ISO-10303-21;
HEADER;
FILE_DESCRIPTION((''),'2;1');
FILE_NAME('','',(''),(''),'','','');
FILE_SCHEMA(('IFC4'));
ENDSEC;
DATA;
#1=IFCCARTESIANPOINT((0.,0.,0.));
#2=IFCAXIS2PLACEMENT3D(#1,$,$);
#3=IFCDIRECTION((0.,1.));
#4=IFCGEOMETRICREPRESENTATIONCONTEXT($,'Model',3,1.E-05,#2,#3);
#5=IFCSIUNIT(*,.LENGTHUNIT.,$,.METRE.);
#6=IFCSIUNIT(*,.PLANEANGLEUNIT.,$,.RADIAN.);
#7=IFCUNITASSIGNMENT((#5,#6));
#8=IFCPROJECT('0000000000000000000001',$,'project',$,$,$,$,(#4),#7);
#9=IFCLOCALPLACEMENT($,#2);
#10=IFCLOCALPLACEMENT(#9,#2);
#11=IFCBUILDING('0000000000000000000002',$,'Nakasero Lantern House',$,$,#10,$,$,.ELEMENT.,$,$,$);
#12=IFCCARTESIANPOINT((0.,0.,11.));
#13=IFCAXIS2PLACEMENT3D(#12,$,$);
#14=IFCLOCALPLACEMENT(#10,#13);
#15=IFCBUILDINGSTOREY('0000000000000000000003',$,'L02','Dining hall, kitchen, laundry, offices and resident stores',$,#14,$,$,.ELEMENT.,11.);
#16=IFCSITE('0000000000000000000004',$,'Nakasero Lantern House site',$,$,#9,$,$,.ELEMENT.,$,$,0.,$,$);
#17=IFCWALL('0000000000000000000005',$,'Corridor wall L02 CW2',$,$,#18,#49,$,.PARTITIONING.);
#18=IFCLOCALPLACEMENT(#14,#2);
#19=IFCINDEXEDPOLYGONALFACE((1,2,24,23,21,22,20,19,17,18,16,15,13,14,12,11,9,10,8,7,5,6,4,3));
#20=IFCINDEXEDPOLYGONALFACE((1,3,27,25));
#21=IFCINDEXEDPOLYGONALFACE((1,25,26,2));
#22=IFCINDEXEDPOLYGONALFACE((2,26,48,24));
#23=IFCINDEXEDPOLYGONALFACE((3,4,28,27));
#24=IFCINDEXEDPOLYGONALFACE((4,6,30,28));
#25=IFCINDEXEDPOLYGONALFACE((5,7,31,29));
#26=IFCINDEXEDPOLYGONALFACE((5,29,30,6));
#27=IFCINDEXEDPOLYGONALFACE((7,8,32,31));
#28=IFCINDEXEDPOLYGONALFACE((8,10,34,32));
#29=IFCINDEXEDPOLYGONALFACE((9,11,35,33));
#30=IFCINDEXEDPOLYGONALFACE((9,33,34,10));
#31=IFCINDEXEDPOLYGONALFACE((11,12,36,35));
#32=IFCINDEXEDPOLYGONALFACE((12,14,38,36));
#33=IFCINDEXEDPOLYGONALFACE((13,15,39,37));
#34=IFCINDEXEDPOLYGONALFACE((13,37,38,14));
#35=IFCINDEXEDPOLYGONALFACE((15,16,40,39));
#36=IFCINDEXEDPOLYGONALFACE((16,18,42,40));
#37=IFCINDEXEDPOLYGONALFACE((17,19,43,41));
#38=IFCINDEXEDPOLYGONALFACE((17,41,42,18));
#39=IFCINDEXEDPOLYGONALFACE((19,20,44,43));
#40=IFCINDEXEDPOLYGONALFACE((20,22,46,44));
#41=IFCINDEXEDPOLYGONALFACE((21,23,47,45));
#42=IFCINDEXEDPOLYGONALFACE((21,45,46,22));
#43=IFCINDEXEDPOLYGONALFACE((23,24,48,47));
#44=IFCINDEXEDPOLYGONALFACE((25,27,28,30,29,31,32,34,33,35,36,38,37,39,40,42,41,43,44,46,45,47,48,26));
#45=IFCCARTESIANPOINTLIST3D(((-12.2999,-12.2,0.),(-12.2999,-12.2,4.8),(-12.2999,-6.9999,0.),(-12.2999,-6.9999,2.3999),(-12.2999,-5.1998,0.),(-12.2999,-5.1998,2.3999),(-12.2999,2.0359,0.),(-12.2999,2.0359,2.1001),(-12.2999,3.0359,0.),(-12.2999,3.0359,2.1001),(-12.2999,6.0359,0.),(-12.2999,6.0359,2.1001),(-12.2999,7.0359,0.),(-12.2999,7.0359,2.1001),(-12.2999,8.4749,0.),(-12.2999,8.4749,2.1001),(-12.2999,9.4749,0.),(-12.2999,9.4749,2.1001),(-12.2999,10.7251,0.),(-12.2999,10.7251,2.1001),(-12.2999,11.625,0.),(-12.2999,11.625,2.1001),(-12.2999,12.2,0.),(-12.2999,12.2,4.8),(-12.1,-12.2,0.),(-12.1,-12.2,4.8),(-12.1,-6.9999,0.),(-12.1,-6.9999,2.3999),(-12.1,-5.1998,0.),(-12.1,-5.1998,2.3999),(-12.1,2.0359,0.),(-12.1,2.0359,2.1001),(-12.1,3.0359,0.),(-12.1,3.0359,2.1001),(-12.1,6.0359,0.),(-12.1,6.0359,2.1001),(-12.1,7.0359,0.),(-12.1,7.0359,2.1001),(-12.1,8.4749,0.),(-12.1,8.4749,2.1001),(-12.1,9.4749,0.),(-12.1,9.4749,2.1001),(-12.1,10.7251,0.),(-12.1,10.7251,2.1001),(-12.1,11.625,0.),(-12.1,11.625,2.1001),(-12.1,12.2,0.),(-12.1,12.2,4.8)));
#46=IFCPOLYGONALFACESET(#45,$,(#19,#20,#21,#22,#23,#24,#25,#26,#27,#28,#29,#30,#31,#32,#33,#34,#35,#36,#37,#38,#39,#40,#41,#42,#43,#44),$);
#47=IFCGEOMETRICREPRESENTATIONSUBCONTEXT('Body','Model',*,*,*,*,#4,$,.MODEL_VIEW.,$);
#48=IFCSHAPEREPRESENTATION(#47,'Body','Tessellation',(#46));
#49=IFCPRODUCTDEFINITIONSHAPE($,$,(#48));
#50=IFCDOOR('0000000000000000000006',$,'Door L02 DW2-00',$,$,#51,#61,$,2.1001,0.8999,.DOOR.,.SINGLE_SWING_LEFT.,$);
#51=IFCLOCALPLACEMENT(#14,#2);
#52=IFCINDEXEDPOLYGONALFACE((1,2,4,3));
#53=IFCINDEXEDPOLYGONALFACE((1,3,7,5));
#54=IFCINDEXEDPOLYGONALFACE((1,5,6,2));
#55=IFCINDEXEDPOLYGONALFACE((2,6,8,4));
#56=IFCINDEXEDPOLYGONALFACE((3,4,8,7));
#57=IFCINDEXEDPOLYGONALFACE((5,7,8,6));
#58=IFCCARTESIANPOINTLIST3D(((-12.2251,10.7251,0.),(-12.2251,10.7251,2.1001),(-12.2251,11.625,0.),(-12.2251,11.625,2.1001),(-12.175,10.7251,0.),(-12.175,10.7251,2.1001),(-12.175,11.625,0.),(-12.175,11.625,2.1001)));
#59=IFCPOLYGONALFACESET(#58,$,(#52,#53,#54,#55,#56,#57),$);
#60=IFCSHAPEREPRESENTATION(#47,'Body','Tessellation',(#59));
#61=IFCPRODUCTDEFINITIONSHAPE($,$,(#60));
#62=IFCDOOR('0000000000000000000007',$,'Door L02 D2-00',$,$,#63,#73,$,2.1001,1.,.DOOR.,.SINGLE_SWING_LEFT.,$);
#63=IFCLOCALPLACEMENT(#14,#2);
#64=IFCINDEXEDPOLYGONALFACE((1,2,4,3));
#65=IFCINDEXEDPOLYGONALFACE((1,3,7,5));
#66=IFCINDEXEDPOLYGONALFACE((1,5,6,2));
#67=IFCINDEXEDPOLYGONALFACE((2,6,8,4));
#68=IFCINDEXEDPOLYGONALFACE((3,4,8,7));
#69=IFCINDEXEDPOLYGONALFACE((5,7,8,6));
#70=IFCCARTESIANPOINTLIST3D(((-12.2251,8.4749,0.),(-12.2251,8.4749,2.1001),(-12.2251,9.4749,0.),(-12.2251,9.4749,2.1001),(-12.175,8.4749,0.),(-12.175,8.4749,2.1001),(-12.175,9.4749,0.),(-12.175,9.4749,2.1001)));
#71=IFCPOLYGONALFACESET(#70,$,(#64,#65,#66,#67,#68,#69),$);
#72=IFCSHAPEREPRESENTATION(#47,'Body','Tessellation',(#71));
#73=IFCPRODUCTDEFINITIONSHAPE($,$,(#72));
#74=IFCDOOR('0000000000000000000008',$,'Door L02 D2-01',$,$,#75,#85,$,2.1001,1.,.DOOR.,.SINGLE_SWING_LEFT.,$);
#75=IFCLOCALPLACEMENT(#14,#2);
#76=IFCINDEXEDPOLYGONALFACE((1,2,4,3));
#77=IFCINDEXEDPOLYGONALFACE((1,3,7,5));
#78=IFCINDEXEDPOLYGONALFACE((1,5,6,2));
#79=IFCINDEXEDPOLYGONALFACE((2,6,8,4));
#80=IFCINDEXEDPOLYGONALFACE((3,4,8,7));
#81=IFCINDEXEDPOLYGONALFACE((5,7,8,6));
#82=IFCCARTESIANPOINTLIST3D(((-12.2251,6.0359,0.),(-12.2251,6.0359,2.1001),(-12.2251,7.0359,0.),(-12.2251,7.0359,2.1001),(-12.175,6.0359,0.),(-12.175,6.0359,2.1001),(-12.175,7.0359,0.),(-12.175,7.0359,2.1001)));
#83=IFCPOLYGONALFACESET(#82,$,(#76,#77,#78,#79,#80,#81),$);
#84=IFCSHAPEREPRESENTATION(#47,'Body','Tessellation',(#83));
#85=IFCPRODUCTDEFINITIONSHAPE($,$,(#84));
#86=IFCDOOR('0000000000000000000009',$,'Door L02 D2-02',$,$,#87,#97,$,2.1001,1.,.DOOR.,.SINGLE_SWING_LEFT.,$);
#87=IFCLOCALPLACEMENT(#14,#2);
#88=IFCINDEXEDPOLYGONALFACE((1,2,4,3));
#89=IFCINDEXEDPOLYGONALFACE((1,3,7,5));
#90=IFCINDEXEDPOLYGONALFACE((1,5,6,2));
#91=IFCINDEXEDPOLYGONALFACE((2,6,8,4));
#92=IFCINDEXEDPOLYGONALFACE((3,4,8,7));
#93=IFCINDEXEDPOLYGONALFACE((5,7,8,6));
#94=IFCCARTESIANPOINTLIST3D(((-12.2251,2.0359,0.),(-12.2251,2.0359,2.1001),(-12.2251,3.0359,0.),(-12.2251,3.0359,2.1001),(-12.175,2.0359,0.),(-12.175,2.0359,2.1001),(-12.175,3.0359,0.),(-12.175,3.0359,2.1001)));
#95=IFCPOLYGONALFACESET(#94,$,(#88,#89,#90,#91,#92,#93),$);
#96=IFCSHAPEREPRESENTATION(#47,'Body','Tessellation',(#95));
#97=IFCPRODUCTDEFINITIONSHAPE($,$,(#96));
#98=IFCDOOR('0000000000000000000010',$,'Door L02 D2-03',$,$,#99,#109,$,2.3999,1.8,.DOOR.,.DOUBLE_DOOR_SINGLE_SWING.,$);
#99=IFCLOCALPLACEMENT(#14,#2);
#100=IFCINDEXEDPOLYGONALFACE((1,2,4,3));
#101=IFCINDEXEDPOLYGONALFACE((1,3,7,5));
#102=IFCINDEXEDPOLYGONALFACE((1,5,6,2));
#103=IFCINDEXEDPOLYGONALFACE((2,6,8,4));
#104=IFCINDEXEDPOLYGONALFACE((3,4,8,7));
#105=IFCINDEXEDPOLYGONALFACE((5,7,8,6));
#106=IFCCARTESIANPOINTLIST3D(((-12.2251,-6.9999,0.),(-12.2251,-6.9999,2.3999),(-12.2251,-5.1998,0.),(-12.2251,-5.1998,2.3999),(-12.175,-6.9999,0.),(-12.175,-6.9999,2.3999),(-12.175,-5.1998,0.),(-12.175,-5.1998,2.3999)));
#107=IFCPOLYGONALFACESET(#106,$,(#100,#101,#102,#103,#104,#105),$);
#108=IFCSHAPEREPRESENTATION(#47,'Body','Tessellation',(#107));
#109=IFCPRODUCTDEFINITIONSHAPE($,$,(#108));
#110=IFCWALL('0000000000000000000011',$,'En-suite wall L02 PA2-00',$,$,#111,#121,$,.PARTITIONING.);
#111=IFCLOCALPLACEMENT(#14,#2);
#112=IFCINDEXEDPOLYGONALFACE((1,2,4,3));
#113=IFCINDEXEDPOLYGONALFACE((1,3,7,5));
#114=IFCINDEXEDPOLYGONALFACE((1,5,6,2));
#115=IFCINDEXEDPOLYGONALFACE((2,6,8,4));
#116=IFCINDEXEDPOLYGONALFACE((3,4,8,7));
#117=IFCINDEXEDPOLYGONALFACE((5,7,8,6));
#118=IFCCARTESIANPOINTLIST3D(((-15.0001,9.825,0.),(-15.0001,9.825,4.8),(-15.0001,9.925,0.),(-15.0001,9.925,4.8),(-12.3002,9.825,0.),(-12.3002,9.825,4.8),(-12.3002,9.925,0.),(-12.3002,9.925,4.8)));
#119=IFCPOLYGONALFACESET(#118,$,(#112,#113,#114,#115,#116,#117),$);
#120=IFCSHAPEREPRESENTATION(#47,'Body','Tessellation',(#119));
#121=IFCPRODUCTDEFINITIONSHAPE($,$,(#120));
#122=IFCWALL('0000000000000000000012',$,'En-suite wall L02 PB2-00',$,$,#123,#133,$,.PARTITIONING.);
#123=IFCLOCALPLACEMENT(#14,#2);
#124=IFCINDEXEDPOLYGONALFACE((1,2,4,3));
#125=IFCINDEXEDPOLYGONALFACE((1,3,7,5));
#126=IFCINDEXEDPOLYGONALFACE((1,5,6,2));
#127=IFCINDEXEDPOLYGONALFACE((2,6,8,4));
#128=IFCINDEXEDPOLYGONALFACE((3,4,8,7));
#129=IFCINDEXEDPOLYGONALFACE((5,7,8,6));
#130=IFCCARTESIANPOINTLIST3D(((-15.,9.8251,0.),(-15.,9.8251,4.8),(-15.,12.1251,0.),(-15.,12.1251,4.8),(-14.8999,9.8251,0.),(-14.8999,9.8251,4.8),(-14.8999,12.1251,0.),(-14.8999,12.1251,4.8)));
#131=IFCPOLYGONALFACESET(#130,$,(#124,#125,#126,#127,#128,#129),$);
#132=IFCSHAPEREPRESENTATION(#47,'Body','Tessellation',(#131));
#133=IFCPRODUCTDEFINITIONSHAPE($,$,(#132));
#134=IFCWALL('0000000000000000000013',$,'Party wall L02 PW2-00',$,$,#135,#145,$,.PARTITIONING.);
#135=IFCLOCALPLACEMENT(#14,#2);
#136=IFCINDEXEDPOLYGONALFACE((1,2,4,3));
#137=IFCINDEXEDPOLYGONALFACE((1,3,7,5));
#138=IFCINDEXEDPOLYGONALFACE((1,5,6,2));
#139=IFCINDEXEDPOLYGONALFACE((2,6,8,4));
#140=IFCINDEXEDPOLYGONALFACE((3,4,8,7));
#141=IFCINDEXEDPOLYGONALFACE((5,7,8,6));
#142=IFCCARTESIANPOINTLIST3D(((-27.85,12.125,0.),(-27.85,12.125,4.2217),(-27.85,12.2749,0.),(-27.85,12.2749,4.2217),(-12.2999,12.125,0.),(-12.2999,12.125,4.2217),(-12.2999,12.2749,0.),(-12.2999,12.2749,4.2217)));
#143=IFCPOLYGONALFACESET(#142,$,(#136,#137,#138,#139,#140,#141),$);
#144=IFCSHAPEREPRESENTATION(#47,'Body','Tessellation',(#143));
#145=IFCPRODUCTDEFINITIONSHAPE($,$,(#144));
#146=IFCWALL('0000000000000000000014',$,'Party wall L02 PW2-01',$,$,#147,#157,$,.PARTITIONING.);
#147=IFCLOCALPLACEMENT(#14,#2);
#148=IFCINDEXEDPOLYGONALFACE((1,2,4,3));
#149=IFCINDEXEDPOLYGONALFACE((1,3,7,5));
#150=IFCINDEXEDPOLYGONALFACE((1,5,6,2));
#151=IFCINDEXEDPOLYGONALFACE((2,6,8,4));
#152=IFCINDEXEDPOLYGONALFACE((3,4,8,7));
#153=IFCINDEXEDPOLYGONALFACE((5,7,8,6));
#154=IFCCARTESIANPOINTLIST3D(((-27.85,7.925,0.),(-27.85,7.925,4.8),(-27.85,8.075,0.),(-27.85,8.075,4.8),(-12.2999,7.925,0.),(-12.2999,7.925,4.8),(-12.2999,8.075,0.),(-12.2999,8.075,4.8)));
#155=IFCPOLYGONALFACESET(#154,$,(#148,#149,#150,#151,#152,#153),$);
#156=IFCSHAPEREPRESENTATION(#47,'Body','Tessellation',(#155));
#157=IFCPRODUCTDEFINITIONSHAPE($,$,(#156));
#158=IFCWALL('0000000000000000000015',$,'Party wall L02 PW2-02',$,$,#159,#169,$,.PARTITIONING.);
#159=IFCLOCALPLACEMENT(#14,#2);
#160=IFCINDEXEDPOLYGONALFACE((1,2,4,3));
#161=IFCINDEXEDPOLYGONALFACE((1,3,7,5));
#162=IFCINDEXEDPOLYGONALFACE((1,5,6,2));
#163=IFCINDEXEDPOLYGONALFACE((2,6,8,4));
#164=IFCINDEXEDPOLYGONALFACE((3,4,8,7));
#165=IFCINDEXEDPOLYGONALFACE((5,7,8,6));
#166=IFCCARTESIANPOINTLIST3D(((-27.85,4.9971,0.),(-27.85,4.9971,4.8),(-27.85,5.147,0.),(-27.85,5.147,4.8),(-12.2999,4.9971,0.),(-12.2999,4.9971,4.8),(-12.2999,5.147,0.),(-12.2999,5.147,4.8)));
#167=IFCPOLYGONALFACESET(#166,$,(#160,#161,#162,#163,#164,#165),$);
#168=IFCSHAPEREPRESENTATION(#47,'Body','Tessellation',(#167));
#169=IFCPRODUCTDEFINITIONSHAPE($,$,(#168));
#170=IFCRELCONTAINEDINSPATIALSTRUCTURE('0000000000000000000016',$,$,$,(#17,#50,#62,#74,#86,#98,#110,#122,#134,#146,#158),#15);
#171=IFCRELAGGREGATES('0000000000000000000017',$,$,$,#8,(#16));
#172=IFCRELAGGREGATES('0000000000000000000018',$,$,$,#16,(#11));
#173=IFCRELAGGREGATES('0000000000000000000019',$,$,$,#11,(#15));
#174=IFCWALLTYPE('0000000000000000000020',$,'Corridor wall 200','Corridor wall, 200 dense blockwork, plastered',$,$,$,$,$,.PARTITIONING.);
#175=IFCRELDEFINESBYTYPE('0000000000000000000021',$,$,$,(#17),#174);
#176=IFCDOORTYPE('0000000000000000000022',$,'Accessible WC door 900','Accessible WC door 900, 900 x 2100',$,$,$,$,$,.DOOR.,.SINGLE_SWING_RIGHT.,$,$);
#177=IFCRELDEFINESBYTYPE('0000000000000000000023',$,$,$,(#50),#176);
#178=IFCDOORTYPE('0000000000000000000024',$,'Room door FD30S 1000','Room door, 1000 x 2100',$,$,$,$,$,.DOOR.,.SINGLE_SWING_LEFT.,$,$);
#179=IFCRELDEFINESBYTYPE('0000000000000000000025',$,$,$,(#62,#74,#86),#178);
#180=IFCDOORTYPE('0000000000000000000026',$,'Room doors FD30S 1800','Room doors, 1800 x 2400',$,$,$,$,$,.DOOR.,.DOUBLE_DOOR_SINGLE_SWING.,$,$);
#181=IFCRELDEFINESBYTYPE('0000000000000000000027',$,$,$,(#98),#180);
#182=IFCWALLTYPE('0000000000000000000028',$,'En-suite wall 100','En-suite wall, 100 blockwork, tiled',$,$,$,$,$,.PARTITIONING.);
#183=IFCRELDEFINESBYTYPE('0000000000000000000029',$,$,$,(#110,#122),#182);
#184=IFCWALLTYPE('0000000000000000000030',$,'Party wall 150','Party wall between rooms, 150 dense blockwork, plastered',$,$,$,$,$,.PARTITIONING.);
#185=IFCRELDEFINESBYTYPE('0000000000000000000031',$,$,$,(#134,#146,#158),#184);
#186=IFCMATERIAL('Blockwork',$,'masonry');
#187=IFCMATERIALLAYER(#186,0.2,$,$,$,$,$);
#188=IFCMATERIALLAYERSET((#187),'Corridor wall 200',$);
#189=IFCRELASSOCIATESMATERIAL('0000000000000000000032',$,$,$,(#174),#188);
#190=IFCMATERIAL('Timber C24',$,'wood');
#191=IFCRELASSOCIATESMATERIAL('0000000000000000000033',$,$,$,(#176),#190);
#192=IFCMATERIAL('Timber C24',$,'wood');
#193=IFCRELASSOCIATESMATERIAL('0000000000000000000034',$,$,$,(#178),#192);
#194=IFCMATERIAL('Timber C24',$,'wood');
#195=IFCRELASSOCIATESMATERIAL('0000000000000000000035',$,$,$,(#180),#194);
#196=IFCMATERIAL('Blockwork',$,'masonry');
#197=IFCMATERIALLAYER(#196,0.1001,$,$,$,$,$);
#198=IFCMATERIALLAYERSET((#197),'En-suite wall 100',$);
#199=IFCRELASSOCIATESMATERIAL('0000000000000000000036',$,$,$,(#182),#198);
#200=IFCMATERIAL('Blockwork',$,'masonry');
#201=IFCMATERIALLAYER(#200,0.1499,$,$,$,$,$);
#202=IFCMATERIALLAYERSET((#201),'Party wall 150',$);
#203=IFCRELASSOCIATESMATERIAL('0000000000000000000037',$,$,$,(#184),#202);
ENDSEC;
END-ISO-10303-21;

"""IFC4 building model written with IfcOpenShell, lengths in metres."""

from ifc_helpers import new_model, si_unit, direction, frame, frame_2d, origin, place, context, subcontext, project, spatial, rectangle, extrude, material, layer, layer_set, type_object, element, fill, save


model = new_model("IFC4")

# Units and contexts
model_context = context("Model", 3, precision=1e-05, world=origin(), true_north=direction((0.0, 1.0)))
body_context = subcontext(model_context, "Body", "Model", "MODEL_VIEW")
ifc_project = project(units=[si_unit("LENGTHUNIT", "METRE"), si_unit("PLANEANGLEUNIT", "RADIAN")], contexts=[model_context])

# Site, building, storey
site_placement = place(None, origin())
site = spatial("IfcSite", under=ifc_project, at=site_placement, Name="Nakasero Lantern House site", CompositionType="ELEMENT", RefElevation=0.0)
building_placement = place(site_placement, origin())
building = spatial("IfcBuilding", under=site, at=building_placement, Name="Nakasero Lantern House", CompositionType="ELEMENT")
storey_placement = place(building_placement, frame((0.0, 0.0, 11.0)))
storey = spatial("IfcBuildingStorey", under=building, at=storey_placement, Name="L02", Description="Dining hall, kitchen, laundry, offices and resident stores", CompositionType="ELEMENT", Elevation=11.0)

# Wall, openings, doors
ifc_material_1 = material(Name="Blockwork", Category="masonry")
ifc_layer_1 = layer(ifc_material_1, 0.2)
ifc_layer_set_1 = layer_set([ifc_layer_1], Name="Corridor wall 200")
wall_type_1 = type_object("IfcWallType", Name="Corridor wall 200", Description="Corridor wall, 200 dense blockwork, plastered", PredefinedType="PARTITIONING", material=ifc_layer_set_1)
wall_1_placement = place(storey_placement, frame((-12.2, 12.2, 0.0), z_axis=(0.0, 0.0, 1.0), x_axis=(0.0, -1.0, 0.0)))
wall_1 = element("IfcWall", 1, at=wall_1_placement, inside=storey, type_object=wall_type_1, Name="Corridor wall L02 CW2", PredefinedType="PARTITIONING", context=body_context, shape_type="SweptSolid", body=[
    extrude(rectangle(XDim=24.3999, YDim=0.2, at=frame_2d((12.2, 0.0))), origin(), (0.0, 0.0, 1.0), 4.8),
])
opening_1_placement = place(wall_1_placement, frame((0.575, 0.0, 0.0)))
opening_1 = element("IfcOpeningElement", 2, at=opening_1_placement, cuts=wall_1, PredefinedType="OPENING", context=body_context, shape_type="SweptSolid", body=[
    extrude(rectangle(XDim=0.8999, YDim=2.1001, at=frame_2d((0.45, 1.05))), frame((0.0, 0.1199, 0.0), z_axis=(0.0, -1.0, 0.0), x_axis=(1.0, 0.0, 0.0)), (0.0, 0.0, 1.0), 0.24),
])
opening_2_placement = place(wall_1_placement, frame((2.7251, 0.0, 0.0)))
opening_2 = element("IfcOpeningElement", 3, at=opening_2_placement, cuts=wall_1, PredefinedType="OPENING", context=body_context, shape_type="SweptSolid", body=[
    extrude(rectangle(XDim=1.0, YDim=2.1001, at=frame_2d((0.5, 1.05))), frame((0.0, 0.1199, 0.0), z_axis=(0.0, -1.0, 0.0), x_axis=(1.0, 0.0, 0.0)), (0.0, 0.0, 1.0), 0.24),
])
opening_3_placement = place(wall_1_placement, frame((5.1641, 0.0, 0.0)))
opening_3 = element("IfcOpeningElement", 4, at=opening_3_placement, cuts=wall_1, PredefinedType="OPENING", context=body_context, shape_type="SweptSolid", body=[
    extrude(rectangle(XDim=1.0, YDim=2.1001, at=frame_2d((0.5, 1.05))), frame((0.0, 0.1199, 0.0), z_axis=(0.0, -1.0, 0.0), x_axis=(1.0, 0.0, 0.0)), (0.0, 0.0, 1.0), 0.24),
])
opening_4_placement = place(wall_1_placement, frame((9.1641, 0.0, 0.0)))
opening_4 = element("IfcOpeningElement", 5, at=opening_4_placement, cuts=wall_1, PredefinedType="OPENING", context=body_context, shape_type="SweptSolid", body=[
    extrude(rectangle(XDim=1.0, YDim=2.1001, at=frame_2d((0.5, 1.05))), frame((0.0, 0.1199, 0.0), z_axis=(0.0, -1.0, 0.0), x_axis=(1.0, 0.0, 0.0)), (0.0, 0.0, 1.0), 0.24),
])
opening_5_placement = place(wall_1_placement, frame((17.3999, 0.0, 0.0)))
opening_5 = element("IfcOpeningElement", 6, at=opening_5_placement, cuts=wall_1, PredefinedType="OPENING", context=body_context, shape_type="SweptSolid", body=[
    extrude(rectangle(XDim=1.8, YDim=2.3999, at=frame_2d((0.8999, 1.2))), frame((0.0, 0.1199, 0.0), z_axis=(0.0, -1.0, 0.0), x_axis=(1.0, 0.0, 0.0)), (0.0, 0.0, 1.0), 0.24),
])
ifc_material_2 = material(Name="Timber C24", Category="wood")
door_type_1 = type_object("IfcDoorType", Name="Accessible WC door 900", Description="Accessible WC door 900, 900 x 2100", OperationType="SINGLE_SWING_RIGHT", PredefinedType="DOOR", material=ifc_material_2)
door_1_placement = place(opening_1_placement, origin())
door_1 = element("IfcDoor", 7, at=door_1_placement, inside=storey, type_object=door_type_1, Name="Door L02 DW2-00", OperationType="SINGLE_SWING_LEFT", OverallHeight=2.1001, OverallWidth=0.8999, PredefinedType="DOOR", context=body_context, shape_type="SweptSolid", body=[
    extrude(rectangle(XDim=0.8999, YDim=2.1001, at=frame_2d((0.45, 1.05))), frame((0.0, 0.0249, 0.0), z_axis=(0.0, -1.0, 0.0), x_axis=(1.0, 0.0, 0.0)), (0.0, 0.0, 1.0), 0.05),
])
fill(opening_1, door_1)
ifc_material_3 = material(Name="Timber C24", Category="wood")
door_type_2 = type_object("IfcDoorType", Name="Room door FD30S 1000", Description="Room door, 1000 x 2100", OperationType="SINGLE_SWING_LEFT", PredefinedType="DOOR", material=ifc_material_3)
door_2_placement = place(opening_2_placement, origin())
door_2 = element("IfcDoor", 8, at=door_2_placement, inside=storey, type_object=door_type_2, Name="Door L02 D2-00", OperationType="SINGLE_SWING_LEFT", OverallHeight=2.1001, OverallWidth=1.0, PredefinedType="DOOR", context=body_context, shape_type="SweptSolid", body=[
    extrude(rectangle(XDim=1.0, YDim=2.1001, at=frame_2d((0.5, 1.05))), frame((0.0, 0.0249, 0.0), z_axis=(0.0, -1.0, 0.0), x_axis=(1.0, 0.0, 0.0)), (0.0, 0.0, 1.0), 0.05),
])
fill(opening_2, door_2)
door_3_placement = place(opening_3_placement, origin())
door_3 = element("IfcDoor", 9, at=door_3_placement, inside=storey, type_object=door_type_2, Name="Door L02 D2-01", OperationType="SINGLE_SWING_LEFT", OverallHeight=2.1001, OverallWidth=1.0, PredefinedType="DOOR", context=body_context, shape_type="SweptSolid", body=[
    extrude(rectangle(XDim=1.0, YDim=2.1001, at=frame_2d((0.5, 1.05))), frame((0.0, 0.0249, 0.0), z_axis=(0.0, -1.0, 0.0), x_axis=(1.0, 0.0, 0.0)), (0.0, 0.0, 1.0), 0.05),
])
fill(opening_3, door_3)
door_4_placement = place(opening_4_placement, origin())
door_4 = element("IfcDoor", 10, at=door_4_placement, inside=storey, type_object=door_type_2, Name="Door L02 D2-02", OperationType="SINGLE_SWING_LEFT", OverallHeight=2.1001, OverallWidth=1.0, PredefinedType="DOOR", context=body_context, shape_type="SweptSolid", body=[
    extrude(rectangle(XDim=1.0, YDim=2.1001, at=frame_2d((0.5, 1.05))), frame((0.0, 0.0249, 0.0), z_axis=(0.0, -1.0, 0.0), x_axis=(1.0, 0.0, 0.0)), (0.0, 0.0, 1.0), 0.05),
])
fill(opening_4, door_4)
ifc_material_4 = material(Name="Timber C24", Category="wood")
door_type_3 = type_object("IfcDoorType", Name="Room doors FD30S 1800", Description="Room doors, 1800 x 2400", OperationType="DOUBLE_DOOR_SINGLE_SWING", PredefinedType="DOOR", material=ifc_material_4)
door_5_placement = place(opening_5_placement, origin())
door_5 = element("IfcDoor", 11, at=door_5_placement, inside=storey, type_object=door_type_3, Name="Door L02 D2-03", OperationType="DOUBLE_DOOR_SINGLE_SWING", OverallHeight=2.3999, OverallWidth=1.8, PredefinedType="DOOR", context=body_context, shape_type="SweptSolid", body=[
    extrude(rectangle(XDim=1.8, YDim=2.3999, at=frame_2d((0.8999, 1.2))), frame((0.0, 0.0249, 0.0), z_axis=(0.0, -1.0, 0.0), x_axis=(1.0, 0.0, 0.0)), (0.0, 0.0, 1.0), 0.05),
])
fill(opening_5, door_5)

# Walls
ifc_material_5 = material(Name="Blockwork", Category="masonry")
ifc_layer_2 = layer(ifc_material_5, 0.1001)
ifc_layer_set_2 = layer_set([ifc_layer_2], Name="En-suite wall 100")
wall_type_2 = type_object("IfcWallType", Name="En-suite wall 100", Description="En-suite wall, 100 blockwork, tiled", PredefinedType="PARTITIONING", material=ifc_layer_set_2)
wall_2_placement = place(storey_placement, frame((-12.3, 9.875, 0.0), z_axis=(0.0, 0.0, 1.0), x_axis=(-1.0, 0.0, 0.0)))
element("IfcWall", 12, at=wall_2_placement, inside=storey, type_object=wall_type_2, Name="En-suite wall L02 PA2-00", PredefinedType="PARTITIONING", context=body_context, shape_type="SweptSolid", body=[
    extrude(rectangle(XDim=2.7, YDim=0.1001, at=frame_2d((1.3501, 0.0))), origin(), (0.0, 0.0, 1.0), 4.8),
])
wall_3_placement = place(storey_placement, frame((-14.95, 12.125, 0.0), z_axis=(0.0, 0.0, 1.0), x_axis=(0.0, -1.0, 0.0)))
element("IfcWall", 13, at=wall_3_placement, inside=storey, type_object=wall_type_2, Name="En-suite wall L02 PB2-00", PredefinedType="PARTITIONING", context=body_context, shape_type="SweptSolid", body=[
    extrude(rectangle(XDim=2.3, YDim=0.1001, at=frame_2d((1.1499, 0.0))), origin(), (0.0, 0.0, 1.0), 4.8),
])
ifc_material_6 = material(Name="Blockwork", Category="masonry")
ifc_layer_3 = layer(ifc_material_6, 0.1499)
ifc_layer_set_3 = layer_set([ifc_layer_3], Name="Party wall 150")
wall_type_3 = type_object("IfcWallType", Name="Party wall 150", Description="Party wall between rooms, 150 dense blockwork, plastered", PredefinedType="PARTITIONING", material=ifc_layer_set_3)
wall_4_placement = place(storey_placement, frame((-12.3, 12.2, 0.0), z_axis=(0.0, 0.0, 1.0), x_axis=(-1.0, 0.0, 0.0)))
element("IfcWall", 14, at=wall_4_placement, inside=storey, type_object=wall_type_3, Name="Party wall L02 PW2-00", PredefinedType="PARTITIONING", context=body_context, shape_type="SweptSolid", body=[
    extrude(rectangle(XDim=15.55, YDim=0.1499, at=frame_2d((7.7749, 0.0))), origin(), (0.0, 0.0, 1.0), 4.2217),
])
for number, where, z_axis, x_axis, name in (
    (15, (-12.3, 8.0, 0.0), (0.0, 0.0, 1.0), (-1.0, 0.0, 0.0), "Party wall L02 PW2-01"),
    (16, (-12.3, 5.072, 0.0), (0.0, 0.0, 1.0), (-1.0, 0.0, 0.0), "Party wall L02 PW2-02"),
):
    element("IfcWall", number, at=place(storey_placement, frame(where, z_axis=z_axis, x_axis=x_axis)), inside=storey, type_object=wall_type_3, Name=name, PredefinedType="PARTITIONING", context=body_context, shape_type="SweptSolid", body=[
        extrude(rectangle(XDim=15.55, YDim=0.1499, at=frame_2d((7.7749, 0.0))), origin(), (0.0, 0.0, 1.0), 4.8),
    ])

save(model, "model.ifc")
